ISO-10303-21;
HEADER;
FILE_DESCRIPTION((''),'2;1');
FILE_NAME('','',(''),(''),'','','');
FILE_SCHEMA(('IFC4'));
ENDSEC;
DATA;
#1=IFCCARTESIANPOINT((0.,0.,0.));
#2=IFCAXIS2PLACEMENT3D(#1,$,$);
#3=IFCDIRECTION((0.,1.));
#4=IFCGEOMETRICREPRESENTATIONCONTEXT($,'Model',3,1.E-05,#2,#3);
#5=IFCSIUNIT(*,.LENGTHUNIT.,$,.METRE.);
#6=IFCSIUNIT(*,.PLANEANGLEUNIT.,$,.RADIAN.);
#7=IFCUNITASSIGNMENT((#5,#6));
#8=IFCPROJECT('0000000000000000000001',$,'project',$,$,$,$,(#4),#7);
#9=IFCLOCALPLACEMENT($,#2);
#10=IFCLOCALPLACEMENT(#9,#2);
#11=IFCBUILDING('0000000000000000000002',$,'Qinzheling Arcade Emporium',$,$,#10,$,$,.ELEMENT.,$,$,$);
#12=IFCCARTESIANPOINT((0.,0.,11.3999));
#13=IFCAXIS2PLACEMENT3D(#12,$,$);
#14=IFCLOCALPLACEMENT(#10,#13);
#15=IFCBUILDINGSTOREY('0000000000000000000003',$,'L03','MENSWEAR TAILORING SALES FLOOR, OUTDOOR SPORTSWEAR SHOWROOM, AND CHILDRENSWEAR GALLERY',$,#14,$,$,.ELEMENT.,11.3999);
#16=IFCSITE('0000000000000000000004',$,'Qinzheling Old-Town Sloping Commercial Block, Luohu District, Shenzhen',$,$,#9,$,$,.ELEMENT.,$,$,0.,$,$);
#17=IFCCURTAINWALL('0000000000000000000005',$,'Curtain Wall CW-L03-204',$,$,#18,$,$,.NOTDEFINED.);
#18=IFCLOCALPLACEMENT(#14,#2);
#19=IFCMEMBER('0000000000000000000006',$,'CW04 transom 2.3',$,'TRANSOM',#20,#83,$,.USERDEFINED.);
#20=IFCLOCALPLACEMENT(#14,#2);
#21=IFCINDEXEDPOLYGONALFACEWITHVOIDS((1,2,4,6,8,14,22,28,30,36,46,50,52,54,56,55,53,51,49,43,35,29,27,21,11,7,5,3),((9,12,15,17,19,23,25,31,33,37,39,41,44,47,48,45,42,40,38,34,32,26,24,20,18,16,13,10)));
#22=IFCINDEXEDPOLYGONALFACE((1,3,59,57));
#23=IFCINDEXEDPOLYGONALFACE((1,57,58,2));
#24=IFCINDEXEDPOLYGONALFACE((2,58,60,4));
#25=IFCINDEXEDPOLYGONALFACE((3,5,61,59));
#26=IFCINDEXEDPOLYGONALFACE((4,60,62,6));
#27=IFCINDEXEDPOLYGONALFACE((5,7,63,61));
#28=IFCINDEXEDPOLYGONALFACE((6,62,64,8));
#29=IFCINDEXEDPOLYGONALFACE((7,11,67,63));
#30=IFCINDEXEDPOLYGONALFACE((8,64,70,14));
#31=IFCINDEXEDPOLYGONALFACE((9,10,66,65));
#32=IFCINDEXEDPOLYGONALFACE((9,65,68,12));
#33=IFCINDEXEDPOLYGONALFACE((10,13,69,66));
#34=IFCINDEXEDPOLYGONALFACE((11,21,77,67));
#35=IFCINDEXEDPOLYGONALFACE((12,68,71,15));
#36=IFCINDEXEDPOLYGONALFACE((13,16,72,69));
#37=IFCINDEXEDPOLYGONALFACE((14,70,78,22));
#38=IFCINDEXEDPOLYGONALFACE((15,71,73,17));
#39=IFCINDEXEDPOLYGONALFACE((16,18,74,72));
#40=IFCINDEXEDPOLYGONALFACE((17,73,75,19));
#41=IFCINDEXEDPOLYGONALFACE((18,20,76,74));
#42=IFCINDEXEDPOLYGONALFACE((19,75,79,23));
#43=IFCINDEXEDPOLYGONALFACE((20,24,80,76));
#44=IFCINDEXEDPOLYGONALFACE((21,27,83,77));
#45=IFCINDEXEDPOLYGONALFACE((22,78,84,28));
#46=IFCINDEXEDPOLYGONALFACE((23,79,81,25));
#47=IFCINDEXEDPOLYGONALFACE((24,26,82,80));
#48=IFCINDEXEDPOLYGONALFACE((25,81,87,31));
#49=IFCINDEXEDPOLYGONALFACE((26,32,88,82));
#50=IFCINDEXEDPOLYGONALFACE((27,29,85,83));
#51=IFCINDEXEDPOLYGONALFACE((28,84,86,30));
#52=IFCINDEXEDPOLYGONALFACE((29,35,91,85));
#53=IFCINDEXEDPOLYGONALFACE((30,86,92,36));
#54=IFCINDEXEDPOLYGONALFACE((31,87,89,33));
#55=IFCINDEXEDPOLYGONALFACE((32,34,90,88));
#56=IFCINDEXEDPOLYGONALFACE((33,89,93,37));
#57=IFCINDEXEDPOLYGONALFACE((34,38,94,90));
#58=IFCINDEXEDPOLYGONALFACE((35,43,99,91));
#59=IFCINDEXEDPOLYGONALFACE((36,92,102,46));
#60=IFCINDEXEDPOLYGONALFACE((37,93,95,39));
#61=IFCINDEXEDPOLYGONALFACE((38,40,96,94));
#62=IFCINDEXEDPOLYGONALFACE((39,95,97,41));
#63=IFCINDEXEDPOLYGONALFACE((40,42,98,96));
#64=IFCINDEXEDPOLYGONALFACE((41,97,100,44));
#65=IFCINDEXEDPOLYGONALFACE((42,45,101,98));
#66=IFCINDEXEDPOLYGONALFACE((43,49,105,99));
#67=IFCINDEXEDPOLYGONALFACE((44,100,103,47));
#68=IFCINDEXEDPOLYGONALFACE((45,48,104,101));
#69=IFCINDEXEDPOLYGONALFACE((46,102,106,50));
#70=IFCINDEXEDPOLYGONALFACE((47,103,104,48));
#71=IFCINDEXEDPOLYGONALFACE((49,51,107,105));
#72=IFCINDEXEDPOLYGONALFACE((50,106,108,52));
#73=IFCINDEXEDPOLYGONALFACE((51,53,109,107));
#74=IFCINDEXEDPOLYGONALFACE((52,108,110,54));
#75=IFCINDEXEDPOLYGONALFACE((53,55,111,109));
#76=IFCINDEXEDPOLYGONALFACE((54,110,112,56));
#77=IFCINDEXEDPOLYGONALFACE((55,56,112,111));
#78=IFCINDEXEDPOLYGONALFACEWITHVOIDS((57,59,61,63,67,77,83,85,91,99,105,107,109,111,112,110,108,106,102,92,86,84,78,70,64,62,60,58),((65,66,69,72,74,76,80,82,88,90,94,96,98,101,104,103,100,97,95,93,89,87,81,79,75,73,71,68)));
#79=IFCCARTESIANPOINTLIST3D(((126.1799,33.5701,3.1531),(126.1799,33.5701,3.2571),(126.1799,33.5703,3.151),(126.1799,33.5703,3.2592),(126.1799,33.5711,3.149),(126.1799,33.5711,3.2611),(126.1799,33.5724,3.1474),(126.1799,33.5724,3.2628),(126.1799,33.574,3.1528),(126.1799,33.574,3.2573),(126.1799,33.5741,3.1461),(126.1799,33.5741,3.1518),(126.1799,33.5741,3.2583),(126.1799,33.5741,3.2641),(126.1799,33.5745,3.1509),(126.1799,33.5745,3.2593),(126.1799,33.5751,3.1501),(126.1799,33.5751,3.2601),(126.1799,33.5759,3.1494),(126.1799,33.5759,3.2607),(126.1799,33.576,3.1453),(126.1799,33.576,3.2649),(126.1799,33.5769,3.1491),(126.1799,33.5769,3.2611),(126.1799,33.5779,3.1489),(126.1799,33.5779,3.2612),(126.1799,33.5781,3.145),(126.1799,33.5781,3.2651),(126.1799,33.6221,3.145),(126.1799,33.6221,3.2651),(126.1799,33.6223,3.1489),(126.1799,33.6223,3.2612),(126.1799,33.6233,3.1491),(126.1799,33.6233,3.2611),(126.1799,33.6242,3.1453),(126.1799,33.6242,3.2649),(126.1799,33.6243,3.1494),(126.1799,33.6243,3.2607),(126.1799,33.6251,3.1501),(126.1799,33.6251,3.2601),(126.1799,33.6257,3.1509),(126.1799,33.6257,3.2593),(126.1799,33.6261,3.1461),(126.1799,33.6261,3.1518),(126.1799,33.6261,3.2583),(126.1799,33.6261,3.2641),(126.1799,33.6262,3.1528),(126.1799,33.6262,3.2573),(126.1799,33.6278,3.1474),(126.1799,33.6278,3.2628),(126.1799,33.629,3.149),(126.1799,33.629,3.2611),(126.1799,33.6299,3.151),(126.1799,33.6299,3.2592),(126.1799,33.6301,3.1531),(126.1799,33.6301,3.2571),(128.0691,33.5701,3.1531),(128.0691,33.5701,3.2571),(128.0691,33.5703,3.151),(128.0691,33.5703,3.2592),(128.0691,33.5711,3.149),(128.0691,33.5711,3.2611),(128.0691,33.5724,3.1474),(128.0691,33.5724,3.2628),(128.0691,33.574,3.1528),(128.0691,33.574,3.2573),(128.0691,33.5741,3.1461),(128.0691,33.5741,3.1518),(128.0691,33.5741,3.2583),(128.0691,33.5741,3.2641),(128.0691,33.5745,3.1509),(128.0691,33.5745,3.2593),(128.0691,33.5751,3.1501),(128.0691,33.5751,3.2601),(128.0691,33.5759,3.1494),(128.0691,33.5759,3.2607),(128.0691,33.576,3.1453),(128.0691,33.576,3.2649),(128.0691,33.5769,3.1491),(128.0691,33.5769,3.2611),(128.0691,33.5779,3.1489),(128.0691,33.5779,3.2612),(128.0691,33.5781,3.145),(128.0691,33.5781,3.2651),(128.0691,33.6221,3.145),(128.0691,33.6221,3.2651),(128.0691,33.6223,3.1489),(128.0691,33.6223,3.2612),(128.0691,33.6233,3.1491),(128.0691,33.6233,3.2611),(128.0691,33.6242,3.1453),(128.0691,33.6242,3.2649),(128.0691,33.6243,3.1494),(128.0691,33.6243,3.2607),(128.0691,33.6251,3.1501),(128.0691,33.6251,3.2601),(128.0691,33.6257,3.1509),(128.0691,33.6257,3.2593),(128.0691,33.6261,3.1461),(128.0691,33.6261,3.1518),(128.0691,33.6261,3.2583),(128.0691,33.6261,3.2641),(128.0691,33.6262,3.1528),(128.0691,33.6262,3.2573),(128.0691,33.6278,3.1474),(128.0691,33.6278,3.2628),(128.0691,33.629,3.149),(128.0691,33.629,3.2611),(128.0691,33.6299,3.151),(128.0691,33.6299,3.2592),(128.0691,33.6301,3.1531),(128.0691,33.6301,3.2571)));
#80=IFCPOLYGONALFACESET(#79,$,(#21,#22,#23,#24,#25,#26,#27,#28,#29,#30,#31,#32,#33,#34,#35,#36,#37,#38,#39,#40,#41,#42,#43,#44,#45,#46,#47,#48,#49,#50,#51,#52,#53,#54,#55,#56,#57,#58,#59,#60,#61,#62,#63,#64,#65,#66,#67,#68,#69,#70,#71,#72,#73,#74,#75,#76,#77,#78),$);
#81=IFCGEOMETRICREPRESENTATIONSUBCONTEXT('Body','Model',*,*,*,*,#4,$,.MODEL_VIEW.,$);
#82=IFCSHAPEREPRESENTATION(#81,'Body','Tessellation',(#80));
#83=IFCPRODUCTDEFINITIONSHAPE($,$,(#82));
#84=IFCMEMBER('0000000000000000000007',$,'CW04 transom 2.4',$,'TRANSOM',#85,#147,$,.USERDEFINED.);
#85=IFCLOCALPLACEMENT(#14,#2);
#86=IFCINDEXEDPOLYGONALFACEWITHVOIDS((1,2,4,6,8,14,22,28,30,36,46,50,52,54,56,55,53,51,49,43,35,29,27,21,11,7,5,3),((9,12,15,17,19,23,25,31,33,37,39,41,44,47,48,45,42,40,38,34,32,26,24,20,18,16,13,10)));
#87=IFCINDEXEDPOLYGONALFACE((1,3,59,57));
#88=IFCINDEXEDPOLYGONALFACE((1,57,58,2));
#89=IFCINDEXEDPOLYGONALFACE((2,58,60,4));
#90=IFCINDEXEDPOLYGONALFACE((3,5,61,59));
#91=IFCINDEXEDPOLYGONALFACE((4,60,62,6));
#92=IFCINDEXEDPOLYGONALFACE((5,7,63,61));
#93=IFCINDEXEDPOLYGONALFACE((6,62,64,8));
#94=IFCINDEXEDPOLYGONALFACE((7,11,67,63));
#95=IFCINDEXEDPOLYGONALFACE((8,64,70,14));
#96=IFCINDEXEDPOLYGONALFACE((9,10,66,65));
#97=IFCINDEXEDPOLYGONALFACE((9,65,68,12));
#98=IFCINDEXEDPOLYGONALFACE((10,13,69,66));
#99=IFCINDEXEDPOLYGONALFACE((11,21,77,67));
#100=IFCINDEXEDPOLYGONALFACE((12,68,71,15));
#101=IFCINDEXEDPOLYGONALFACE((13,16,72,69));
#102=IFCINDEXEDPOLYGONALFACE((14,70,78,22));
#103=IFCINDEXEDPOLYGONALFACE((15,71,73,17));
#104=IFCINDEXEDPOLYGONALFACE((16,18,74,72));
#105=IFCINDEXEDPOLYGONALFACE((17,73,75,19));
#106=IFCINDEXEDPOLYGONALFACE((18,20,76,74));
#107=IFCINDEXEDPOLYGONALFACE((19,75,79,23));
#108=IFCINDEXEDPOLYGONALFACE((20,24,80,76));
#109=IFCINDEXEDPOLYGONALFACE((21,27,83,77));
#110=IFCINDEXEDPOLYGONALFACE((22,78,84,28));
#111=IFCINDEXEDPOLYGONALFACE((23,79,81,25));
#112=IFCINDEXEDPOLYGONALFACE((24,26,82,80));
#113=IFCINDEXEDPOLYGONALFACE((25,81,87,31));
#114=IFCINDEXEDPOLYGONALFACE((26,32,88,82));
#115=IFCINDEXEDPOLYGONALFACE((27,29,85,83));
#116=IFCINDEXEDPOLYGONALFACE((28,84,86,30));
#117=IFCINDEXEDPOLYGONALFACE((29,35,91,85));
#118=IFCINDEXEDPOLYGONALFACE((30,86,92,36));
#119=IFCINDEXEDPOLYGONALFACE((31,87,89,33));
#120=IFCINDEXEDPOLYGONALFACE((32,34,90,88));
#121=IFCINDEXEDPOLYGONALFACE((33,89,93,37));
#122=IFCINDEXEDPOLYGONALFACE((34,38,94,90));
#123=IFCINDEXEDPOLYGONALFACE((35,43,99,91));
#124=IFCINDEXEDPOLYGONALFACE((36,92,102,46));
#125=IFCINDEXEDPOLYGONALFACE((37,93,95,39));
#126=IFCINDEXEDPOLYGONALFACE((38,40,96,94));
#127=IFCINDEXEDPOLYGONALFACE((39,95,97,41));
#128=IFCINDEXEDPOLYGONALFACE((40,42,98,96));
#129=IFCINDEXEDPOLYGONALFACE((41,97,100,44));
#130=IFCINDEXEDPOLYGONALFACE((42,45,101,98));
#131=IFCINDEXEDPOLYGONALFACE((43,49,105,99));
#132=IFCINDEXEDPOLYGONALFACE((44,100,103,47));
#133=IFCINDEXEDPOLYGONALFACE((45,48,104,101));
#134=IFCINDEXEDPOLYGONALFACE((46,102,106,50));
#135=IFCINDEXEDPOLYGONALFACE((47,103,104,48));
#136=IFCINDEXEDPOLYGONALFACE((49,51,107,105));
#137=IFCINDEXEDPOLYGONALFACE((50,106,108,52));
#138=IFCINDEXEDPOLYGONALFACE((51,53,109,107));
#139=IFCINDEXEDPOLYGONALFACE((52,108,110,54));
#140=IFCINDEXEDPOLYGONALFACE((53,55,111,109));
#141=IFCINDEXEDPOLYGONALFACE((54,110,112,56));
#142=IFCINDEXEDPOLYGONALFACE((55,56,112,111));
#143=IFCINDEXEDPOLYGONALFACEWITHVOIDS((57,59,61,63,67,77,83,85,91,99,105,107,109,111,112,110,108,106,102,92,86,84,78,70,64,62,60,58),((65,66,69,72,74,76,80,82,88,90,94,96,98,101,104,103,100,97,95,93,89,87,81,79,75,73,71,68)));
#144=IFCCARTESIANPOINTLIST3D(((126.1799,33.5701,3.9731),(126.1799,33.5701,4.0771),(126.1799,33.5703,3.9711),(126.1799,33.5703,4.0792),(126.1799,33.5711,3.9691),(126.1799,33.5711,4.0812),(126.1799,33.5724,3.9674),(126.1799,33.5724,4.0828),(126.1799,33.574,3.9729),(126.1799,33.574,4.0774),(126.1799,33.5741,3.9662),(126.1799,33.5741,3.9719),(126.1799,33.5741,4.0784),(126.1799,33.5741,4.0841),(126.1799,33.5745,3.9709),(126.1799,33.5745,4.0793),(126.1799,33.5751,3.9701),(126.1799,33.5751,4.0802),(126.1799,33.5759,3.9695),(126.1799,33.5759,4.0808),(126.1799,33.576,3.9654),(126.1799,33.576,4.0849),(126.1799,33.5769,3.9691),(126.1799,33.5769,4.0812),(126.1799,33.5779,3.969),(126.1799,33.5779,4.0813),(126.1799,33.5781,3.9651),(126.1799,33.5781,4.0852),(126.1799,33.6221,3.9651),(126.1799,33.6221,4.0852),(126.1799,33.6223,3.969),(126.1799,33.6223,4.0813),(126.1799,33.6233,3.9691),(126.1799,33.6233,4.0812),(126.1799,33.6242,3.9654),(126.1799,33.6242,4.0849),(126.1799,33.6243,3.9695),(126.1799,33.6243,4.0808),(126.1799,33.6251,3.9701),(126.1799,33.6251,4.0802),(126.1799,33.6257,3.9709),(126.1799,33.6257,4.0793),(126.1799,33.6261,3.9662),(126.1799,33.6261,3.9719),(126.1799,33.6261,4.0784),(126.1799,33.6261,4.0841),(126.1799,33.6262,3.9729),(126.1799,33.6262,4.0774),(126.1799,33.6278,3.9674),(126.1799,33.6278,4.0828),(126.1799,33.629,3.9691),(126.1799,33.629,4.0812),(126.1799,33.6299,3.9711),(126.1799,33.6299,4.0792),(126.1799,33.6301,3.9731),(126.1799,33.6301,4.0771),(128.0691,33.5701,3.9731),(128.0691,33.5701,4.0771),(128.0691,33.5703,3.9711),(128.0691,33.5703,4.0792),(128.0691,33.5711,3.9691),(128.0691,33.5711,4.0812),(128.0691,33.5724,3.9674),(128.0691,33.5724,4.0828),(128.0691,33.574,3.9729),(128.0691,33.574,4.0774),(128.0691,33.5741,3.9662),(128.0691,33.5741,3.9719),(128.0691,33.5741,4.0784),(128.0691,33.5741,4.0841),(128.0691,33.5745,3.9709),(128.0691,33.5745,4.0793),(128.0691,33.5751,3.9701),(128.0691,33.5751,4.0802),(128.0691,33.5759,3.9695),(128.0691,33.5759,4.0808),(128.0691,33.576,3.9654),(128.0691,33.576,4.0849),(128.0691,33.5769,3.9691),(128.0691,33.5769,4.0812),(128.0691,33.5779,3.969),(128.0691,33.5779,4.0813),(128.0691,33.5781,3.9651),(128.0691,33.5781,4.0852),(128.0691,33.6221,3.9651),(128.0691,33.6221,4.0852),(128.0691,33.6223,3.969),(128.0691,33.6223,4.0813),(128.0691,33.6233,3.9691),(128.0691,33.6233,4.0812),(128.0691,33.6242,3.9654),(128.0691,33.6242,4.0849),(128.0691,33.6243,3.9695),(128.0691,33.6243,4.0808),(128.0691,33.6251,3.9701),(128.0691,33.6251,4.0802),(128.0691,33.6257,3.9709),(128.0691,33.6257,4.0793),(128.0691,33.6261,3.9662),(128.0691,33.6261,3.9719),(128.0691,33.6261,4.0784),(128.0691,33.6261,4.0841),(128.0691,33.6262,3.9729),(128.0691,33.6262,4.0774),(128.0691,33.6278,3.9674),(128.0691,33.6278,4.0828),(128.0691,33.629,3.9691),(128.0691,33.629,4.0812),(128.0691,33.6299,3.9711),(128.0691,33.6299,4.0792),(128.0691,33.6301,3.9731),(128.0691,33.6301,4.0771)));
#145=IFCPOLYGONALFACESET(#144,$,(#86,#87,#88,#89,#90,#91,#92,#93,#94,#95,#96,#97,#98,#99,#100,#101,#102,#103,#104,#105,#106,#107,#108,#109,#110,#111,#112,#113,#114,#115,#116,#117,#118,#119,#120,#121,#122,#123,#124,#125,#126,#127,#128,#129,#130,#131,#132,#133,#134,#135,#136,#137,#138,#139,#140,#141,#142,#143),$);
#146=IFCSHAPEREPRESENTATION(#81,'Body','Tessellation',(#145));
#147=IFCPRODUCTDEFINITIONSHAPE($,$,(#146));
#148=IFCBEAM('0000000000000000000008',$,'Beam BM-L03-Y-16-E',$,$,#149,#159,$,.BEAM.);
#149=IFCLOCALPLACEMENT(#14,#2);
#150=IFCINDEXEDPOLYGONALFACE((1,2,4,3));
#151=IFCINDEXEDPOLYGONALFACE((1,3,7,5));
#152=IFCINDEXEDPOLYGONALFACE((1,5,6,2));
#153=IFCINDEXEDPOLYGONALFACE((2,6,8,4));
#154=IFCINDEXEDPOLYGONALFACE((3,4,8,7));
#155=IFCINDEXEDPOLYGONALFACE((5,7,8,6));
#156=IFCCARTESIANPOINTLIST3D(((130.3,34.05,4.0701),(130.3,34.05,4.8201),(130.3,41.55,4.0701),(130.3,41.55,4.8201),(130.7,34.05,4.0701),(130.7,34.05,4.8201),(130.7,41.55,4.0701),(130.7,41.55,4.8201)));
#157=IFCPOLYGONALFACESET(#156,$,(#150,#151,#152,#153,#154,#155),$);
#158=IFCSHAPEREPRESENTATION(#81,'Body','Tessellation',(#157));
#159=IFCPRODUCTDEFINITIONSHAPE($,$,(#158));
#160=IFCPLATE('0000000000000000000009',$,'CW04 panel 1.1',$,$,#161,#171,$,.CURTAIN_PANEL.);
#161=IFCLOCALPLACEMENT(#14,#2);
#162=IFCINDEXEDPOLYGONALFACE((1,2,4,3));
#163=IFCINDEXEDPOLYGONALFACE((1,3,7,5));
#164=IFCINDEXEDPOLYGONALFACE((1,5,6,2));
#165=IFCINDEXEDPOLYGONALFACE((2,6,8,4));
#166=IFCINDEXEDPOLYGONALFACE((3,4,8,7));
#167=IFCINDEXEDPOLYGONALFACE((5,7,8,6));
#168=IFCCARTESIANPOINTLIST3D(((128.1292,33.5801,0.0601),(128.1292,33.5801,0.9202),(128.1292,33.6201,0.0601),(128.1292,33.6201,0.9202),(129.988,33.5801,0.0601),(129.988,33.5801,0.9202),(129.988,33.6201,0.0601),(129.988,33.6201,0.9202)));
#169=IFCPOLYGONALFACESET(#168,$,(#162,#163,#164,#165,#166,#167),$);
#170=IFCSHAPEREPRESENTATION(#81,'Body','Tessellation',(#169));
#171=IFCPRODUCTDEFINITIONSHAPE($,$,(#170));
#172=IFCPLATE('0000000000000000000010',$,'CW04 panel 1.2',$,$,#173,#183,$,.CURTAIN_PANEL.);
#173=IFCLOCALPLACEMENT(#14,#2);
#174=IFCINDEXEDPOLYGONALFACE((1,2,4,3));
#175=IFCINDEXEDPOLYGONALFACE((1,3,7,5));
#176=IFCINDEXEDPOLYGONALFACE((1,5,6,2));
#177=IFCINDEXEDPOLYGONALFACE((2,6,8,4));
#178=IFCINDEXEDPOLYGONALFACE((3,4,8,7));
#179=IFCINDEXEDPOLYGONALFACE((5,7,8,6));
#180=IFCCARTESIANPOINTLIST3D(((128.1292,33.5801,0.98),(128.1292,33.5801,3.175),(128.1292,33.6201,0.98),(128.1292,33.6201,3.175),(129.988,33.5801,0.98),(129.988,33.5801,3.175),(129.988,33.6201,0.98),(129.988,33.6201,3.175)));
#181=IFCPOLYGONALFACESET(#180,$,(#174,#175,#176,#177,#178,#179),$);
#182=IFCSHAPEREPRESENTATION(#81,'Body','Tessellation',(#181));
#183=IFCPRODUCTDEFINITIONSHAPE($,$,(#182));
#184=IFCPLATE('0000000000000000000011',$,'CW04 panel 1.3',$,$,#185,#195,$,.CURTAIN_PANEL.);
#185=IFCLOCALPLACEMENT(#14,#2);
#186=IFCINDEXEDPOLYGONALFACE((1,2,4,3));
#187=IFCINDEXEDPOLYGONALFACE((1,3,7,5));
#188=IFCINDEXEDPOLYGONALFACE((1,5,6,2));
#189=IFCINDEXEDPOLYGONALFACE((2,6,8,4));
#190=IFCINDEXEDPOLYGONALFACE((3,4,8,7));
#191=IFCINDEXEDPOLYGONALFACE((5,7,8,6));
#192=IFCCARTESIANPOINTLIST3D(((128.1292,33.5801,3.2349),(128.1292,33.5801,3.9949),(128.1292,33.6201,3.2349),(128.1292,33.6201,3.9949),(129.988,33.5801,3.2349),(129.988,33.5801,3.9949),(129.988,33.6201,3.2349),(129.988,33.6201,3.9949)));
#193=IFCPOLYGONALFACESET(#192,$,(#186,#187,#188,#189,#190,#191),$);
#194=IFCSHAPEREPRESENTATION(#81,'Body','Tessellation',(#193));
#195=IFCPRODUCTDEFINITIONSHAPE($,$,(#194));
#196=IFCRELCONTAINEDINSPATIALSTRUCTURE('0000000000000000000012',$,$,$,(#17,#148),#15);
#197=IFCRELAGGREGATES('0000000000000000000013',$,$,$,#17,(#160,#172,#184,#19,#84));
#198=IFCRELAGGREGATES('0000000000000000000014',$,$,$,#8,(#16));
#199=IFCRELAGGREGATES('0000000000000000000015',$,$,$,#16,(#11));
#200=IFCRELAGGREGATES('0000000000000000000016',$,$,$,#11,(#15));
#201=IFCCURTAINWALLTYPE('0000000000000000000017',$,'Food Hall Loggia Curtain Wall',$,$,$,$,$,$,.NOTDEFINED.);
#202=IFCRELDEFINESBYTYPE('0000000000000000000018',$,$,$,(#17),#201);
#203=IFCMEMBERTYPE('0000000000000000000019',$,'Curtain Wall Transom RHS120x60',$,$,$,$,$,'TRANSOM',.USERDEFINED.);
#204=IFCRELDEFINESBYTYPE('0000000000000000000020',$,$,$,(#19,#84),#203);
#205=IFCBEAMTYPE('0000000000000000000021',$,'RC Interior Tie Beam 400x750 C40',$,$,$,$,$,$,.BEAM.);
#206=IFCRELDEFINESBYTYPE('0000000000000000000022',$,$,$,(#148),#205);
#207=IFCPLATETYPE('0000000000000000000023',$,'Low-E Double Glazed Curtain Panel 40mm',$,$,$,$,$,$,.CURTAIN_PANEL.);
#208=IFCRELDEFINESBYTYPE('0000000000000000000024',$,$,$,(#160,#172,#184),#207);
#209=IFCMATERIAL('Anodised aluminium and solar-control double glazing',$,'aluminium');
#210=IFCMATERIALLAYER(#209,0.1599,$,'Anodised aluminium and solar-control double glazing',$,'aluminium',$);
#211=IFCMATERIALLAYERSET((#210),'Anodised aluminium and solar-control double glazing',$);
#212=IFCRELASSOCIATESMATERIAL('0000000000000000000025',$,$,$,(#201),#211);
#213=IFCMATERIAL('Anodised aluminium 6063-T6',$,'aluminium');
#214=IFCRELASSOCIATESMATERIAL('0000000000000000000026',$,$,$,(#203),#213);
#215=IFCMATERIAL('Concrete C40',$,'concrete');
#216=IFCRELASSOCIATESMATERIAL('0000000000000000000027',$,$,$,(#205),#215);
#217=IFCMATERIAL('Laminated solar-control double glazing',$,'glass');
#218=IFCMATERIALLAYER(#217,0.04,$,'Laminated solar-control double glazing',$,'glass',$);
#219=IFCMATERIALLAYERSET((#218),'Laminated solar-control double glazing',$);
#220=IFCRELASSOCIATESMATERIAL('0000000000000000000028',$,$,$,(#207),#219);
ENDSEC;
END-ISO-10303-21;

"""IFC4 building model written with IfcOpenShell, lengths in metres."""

from ifc_helpers import new_model, si_unit, direction, frame, origin, origin_2d, place, context, subcontext, project, spatial, rectangle, hollow_rectangle, extrude, material, layer, layer_set, material_profile, profile_set, type_object, element, aggregate, save


model = new_model("IFC4")

# Units and contexts
model_context = context("Model", 3, precision=1e-05, world=origin(), true_north=direction((0.0, 1.0)))
body_context = subcontext(model_context, "Body", "Model", "MODEL_VIEW")
ifc_project = project(units=[si_unit("LENGTHUNIT", "METRE"), si_unit("PLANEANGLEUNIT", "RADIAN")], contexts=[model_context])

# Site, building, storey
site_placement = place(None, origin())
site = spatial("IfcSite", under=ifc_project, at=site_placement, Name="Qinzheling Old-Town Sloping Commercial Block, Luohu District, Shenzhen", CompositionType="ELEMENT", RefElevation=0.0)
building_placement = place(site_placement, origin())
building = spatial("IfcBuilding", under=site, at=building_placement, Name="Qinzheling Arcade Emporium", CompositionType="ELEMENT")
storey_placement = place(building_placement, frame((0.0, 0.0, 11.3999)))
storey = spatial("IfcBuildingStorey", under=building, at=storey_placement, Name="L03", Description="MENSWEAR TAILORING SALES FLOOR, OUTDOOR SPORTSWEAR SHOWROOM, AND CHILDRENSWEAR GALLERY", CompositionType="ELEMENT", Elevation=11.3999)

# Curtain wall, members
ifc_material_1 = material(Name="Anodised aluminium and solar-control double glazing", Category="aluminium")
ifc_layer_1 = layer(ifc_material_1, 0.1599, Name="Anodised aluminium and solar-control double glazing", Category="aluminium")
ifc_layer_set_1 = layer_set([ifc_layer_1], Name="Anodised aluminium and solar-control double glazing")
curtain_wall_type = type_object("IfcCurtainWallType", Name="Food Hall Loggia Curtain Wall", PredefinedType="NOTDEFINED", material=ifc_layer_set_1)
curtain_wall_placement = place(storey_placement, origin())
curtain_wall = element("IfcCurtainWall", 1, at=curtain_wall_placement, inside=storey, type_object=curtain_wall_type, Name="Curtain Wall CW-L03-204", PredefinedType="NOTDEFINED")
ifc_material_2 = material(Name="Anodised aluminium 6063-T6", Category="aluminium")
ifc_material_profile_1 = material_profile(ifc_material_2, hollow_rectangle(XDim=0.0601, YDim=0.1201, WallThickness=0.0039, InnerFilletRadius=0.0039, OuterFilletRadius=0.0081, at=origin_2d()), Name="RHS 120x60x4", Category="aluminium")
ifc_profile_set_1 = profile_set([ifc_material_profile_1], Name="Anodised aluminium 6063-T6")
member_type_1 = type_object("IfcMemberType", Name="Curtain Wall Transom RHS120x60", ElementType="TRANSOM", PredefinedType="USERDEFINED", material=ifc_profile_set_1)
member_1_placement = place(storey_placement, frame((128.0691, 33.6001, 3.2051), z_axis=(-1.0, 0.0, 0.0), x_axis=(0.0, -1.0, 0.0)))
member_1 = element("IfcMember", 2, at=member_1_placement, type_object=member_type_1, Name="CW04 transom 2.3", ObjectType="TRANSOM", PredefinedType="USERDEFINED", context=body_context, shape_type="SweptSolid", body=[
    extrude(hollow_rectangle(XDim=0.0601, YDim=0.1201, WallThickness=0.0039, InnerFilletRadius=0.0039, OuterFilletRadius=0.0081, at=origin_2d()), origin(), (0.0, 0.0, 1.0), 1.8892),
])
member_2_placement = place(storey_placement, frame((128.0691, 33.6001, 4.0251), z_axis=(-1.0, 0.0, 0.0), x_axis=(0.0, -1.0, 0.0)))
member_2 = element("IfcMember", 3, at=member_2_placement, type_object=member_type_1, Name="CW04 transom 2.4", ObjectType="TRANSOM", PredefinedType="USERDEFINED", context=body_context, shape_type="SweptSolid", body=[
    extrude(hollow_rectangle(XDim=0.0601, YDim=0.1201, WallThickness=0.0039, InnerFilletRadius=0.0039, OuterFilletRadius=0.0081, at=origin_2d()), origin(), (0.0, 0.0, 1.0), 1.8892),
])

# Beam
ifc_material_3 = material(Name="Concrete C40", Category="concrete")
ifc_material_profile_2 = material_profile(ifc_material_3, rectangle(XDim=0.3999, YDim=0.75, at=origin_2d()), Name="RC 400x750", Category="concrete")
ifc_profile_set_2 = profile_set([ifc_material_profile_2], Name="Concrete C40")
beam_type = type_object("IfcBeamType", Name="RC Interior Tie Beam 400x750 C40", PredefinedType="BEAM", material=ifc_profile_set_2)
beam_placement = place(storey_placement, frame((130.5, 34.05, 4.4451), z_axis=(0.0, 1.0, 0.0), x_axis=(-1.0, 0.0, 0.0)))
element("IfcBeam", 4, at=beam_placement, inside=storey, type_object=beam_type, Name="Beam BM-L03-Y-16-E", PredefinedType="BEAM", context=body_context, shape_type="SweptSolid", body=[
    extrude(rectangle(XDim=0.3999, YDim=0.75, at=origin_2d()), origin(), (0.0, 0.0, 1.0), 7.5),
])

# Plates
ifc_material_4 = material(Name="Laminated solar-control double glazing", Category="glass")
ifc_layer_2 = layer(ifc_material_4, 0.04, Name="Laminated solar-control double glazing", Category="glass")
ifc_layer_set_2 = layer_set([ifc_layer_2], Name="Laminated solar-control double glazing")
plate_type_1 = type_object("IfcPlateType", Name="Low-E Double Glazed Curtain Panel 40mm", PredefinedType="CURTAIN_PANEL", material=ifc_layer_set_2)
plate_1_placement = place(storey_placement, frame((129.0586, 33.6001, 0.0601), z_axis=(0.0, 0.0, 1.0), x_axis=(-1.0, 0.0, 0.0)))
plate_1 = element("IfcPlate", 5, at=plate_1_placement, type_object=plate_type_1, Name="CW04 panel 1.1", PredefinedType="CURTAIN_PANEL", context=body_context, shape_type="SweptSolid", body=[
    extrude(rectangle(XDim=1.8589, YDim=0.04, at=origin_2d()), origin(), (0.0, 0.0, 1.0), 0.8601),
])
plate_2_placement = place(storey_placement, frame((129.0586, 33.6001, 0.98), z_axis=(0.0, 0.0, 1.0), x_axis=(-1.0, 0.0, 0.0)))
plate_2 = element("IfcPlate", 6, at=plate_2_placement, type_object=plate_type_1, Name="CW04 panel 1.2", PredefinedType="CURTAIN_PANEL", context=body_context, shape_type="SweptSolid", body=[
    extrude(rectangle(XDim=1.8589, YDim=0.04, at=origin_2d()), origin(), (0.0, 0.0, 1.0), 2.1951),
])
plate_3_placement = place(storey_placement, frame((129.0586, 33.6001, 3.2349), z_axis=(0.0, 0.0, 1.0), x_axis=(-1.0, 0.0, 0.0)))
plate_3 = element("IfcPlate", 7, at=plate_3_placement, type_object=plate_type_1, Name="CW04 panel 1.3", PredefinedType="CURTAIN_PANEL", context=body_context, shape_type="SweptSolid", body=[
    extrude(rectangle(XDim=1.8589, YDim=0.04, at=origin_2d()), origin(), (0.0, 0.0, 1.0), 0.76),
])
aggregate(curtain_wall, [plate_1, plate_2, plate_3, member_1, member_2])

save(model, "model.ifc")
